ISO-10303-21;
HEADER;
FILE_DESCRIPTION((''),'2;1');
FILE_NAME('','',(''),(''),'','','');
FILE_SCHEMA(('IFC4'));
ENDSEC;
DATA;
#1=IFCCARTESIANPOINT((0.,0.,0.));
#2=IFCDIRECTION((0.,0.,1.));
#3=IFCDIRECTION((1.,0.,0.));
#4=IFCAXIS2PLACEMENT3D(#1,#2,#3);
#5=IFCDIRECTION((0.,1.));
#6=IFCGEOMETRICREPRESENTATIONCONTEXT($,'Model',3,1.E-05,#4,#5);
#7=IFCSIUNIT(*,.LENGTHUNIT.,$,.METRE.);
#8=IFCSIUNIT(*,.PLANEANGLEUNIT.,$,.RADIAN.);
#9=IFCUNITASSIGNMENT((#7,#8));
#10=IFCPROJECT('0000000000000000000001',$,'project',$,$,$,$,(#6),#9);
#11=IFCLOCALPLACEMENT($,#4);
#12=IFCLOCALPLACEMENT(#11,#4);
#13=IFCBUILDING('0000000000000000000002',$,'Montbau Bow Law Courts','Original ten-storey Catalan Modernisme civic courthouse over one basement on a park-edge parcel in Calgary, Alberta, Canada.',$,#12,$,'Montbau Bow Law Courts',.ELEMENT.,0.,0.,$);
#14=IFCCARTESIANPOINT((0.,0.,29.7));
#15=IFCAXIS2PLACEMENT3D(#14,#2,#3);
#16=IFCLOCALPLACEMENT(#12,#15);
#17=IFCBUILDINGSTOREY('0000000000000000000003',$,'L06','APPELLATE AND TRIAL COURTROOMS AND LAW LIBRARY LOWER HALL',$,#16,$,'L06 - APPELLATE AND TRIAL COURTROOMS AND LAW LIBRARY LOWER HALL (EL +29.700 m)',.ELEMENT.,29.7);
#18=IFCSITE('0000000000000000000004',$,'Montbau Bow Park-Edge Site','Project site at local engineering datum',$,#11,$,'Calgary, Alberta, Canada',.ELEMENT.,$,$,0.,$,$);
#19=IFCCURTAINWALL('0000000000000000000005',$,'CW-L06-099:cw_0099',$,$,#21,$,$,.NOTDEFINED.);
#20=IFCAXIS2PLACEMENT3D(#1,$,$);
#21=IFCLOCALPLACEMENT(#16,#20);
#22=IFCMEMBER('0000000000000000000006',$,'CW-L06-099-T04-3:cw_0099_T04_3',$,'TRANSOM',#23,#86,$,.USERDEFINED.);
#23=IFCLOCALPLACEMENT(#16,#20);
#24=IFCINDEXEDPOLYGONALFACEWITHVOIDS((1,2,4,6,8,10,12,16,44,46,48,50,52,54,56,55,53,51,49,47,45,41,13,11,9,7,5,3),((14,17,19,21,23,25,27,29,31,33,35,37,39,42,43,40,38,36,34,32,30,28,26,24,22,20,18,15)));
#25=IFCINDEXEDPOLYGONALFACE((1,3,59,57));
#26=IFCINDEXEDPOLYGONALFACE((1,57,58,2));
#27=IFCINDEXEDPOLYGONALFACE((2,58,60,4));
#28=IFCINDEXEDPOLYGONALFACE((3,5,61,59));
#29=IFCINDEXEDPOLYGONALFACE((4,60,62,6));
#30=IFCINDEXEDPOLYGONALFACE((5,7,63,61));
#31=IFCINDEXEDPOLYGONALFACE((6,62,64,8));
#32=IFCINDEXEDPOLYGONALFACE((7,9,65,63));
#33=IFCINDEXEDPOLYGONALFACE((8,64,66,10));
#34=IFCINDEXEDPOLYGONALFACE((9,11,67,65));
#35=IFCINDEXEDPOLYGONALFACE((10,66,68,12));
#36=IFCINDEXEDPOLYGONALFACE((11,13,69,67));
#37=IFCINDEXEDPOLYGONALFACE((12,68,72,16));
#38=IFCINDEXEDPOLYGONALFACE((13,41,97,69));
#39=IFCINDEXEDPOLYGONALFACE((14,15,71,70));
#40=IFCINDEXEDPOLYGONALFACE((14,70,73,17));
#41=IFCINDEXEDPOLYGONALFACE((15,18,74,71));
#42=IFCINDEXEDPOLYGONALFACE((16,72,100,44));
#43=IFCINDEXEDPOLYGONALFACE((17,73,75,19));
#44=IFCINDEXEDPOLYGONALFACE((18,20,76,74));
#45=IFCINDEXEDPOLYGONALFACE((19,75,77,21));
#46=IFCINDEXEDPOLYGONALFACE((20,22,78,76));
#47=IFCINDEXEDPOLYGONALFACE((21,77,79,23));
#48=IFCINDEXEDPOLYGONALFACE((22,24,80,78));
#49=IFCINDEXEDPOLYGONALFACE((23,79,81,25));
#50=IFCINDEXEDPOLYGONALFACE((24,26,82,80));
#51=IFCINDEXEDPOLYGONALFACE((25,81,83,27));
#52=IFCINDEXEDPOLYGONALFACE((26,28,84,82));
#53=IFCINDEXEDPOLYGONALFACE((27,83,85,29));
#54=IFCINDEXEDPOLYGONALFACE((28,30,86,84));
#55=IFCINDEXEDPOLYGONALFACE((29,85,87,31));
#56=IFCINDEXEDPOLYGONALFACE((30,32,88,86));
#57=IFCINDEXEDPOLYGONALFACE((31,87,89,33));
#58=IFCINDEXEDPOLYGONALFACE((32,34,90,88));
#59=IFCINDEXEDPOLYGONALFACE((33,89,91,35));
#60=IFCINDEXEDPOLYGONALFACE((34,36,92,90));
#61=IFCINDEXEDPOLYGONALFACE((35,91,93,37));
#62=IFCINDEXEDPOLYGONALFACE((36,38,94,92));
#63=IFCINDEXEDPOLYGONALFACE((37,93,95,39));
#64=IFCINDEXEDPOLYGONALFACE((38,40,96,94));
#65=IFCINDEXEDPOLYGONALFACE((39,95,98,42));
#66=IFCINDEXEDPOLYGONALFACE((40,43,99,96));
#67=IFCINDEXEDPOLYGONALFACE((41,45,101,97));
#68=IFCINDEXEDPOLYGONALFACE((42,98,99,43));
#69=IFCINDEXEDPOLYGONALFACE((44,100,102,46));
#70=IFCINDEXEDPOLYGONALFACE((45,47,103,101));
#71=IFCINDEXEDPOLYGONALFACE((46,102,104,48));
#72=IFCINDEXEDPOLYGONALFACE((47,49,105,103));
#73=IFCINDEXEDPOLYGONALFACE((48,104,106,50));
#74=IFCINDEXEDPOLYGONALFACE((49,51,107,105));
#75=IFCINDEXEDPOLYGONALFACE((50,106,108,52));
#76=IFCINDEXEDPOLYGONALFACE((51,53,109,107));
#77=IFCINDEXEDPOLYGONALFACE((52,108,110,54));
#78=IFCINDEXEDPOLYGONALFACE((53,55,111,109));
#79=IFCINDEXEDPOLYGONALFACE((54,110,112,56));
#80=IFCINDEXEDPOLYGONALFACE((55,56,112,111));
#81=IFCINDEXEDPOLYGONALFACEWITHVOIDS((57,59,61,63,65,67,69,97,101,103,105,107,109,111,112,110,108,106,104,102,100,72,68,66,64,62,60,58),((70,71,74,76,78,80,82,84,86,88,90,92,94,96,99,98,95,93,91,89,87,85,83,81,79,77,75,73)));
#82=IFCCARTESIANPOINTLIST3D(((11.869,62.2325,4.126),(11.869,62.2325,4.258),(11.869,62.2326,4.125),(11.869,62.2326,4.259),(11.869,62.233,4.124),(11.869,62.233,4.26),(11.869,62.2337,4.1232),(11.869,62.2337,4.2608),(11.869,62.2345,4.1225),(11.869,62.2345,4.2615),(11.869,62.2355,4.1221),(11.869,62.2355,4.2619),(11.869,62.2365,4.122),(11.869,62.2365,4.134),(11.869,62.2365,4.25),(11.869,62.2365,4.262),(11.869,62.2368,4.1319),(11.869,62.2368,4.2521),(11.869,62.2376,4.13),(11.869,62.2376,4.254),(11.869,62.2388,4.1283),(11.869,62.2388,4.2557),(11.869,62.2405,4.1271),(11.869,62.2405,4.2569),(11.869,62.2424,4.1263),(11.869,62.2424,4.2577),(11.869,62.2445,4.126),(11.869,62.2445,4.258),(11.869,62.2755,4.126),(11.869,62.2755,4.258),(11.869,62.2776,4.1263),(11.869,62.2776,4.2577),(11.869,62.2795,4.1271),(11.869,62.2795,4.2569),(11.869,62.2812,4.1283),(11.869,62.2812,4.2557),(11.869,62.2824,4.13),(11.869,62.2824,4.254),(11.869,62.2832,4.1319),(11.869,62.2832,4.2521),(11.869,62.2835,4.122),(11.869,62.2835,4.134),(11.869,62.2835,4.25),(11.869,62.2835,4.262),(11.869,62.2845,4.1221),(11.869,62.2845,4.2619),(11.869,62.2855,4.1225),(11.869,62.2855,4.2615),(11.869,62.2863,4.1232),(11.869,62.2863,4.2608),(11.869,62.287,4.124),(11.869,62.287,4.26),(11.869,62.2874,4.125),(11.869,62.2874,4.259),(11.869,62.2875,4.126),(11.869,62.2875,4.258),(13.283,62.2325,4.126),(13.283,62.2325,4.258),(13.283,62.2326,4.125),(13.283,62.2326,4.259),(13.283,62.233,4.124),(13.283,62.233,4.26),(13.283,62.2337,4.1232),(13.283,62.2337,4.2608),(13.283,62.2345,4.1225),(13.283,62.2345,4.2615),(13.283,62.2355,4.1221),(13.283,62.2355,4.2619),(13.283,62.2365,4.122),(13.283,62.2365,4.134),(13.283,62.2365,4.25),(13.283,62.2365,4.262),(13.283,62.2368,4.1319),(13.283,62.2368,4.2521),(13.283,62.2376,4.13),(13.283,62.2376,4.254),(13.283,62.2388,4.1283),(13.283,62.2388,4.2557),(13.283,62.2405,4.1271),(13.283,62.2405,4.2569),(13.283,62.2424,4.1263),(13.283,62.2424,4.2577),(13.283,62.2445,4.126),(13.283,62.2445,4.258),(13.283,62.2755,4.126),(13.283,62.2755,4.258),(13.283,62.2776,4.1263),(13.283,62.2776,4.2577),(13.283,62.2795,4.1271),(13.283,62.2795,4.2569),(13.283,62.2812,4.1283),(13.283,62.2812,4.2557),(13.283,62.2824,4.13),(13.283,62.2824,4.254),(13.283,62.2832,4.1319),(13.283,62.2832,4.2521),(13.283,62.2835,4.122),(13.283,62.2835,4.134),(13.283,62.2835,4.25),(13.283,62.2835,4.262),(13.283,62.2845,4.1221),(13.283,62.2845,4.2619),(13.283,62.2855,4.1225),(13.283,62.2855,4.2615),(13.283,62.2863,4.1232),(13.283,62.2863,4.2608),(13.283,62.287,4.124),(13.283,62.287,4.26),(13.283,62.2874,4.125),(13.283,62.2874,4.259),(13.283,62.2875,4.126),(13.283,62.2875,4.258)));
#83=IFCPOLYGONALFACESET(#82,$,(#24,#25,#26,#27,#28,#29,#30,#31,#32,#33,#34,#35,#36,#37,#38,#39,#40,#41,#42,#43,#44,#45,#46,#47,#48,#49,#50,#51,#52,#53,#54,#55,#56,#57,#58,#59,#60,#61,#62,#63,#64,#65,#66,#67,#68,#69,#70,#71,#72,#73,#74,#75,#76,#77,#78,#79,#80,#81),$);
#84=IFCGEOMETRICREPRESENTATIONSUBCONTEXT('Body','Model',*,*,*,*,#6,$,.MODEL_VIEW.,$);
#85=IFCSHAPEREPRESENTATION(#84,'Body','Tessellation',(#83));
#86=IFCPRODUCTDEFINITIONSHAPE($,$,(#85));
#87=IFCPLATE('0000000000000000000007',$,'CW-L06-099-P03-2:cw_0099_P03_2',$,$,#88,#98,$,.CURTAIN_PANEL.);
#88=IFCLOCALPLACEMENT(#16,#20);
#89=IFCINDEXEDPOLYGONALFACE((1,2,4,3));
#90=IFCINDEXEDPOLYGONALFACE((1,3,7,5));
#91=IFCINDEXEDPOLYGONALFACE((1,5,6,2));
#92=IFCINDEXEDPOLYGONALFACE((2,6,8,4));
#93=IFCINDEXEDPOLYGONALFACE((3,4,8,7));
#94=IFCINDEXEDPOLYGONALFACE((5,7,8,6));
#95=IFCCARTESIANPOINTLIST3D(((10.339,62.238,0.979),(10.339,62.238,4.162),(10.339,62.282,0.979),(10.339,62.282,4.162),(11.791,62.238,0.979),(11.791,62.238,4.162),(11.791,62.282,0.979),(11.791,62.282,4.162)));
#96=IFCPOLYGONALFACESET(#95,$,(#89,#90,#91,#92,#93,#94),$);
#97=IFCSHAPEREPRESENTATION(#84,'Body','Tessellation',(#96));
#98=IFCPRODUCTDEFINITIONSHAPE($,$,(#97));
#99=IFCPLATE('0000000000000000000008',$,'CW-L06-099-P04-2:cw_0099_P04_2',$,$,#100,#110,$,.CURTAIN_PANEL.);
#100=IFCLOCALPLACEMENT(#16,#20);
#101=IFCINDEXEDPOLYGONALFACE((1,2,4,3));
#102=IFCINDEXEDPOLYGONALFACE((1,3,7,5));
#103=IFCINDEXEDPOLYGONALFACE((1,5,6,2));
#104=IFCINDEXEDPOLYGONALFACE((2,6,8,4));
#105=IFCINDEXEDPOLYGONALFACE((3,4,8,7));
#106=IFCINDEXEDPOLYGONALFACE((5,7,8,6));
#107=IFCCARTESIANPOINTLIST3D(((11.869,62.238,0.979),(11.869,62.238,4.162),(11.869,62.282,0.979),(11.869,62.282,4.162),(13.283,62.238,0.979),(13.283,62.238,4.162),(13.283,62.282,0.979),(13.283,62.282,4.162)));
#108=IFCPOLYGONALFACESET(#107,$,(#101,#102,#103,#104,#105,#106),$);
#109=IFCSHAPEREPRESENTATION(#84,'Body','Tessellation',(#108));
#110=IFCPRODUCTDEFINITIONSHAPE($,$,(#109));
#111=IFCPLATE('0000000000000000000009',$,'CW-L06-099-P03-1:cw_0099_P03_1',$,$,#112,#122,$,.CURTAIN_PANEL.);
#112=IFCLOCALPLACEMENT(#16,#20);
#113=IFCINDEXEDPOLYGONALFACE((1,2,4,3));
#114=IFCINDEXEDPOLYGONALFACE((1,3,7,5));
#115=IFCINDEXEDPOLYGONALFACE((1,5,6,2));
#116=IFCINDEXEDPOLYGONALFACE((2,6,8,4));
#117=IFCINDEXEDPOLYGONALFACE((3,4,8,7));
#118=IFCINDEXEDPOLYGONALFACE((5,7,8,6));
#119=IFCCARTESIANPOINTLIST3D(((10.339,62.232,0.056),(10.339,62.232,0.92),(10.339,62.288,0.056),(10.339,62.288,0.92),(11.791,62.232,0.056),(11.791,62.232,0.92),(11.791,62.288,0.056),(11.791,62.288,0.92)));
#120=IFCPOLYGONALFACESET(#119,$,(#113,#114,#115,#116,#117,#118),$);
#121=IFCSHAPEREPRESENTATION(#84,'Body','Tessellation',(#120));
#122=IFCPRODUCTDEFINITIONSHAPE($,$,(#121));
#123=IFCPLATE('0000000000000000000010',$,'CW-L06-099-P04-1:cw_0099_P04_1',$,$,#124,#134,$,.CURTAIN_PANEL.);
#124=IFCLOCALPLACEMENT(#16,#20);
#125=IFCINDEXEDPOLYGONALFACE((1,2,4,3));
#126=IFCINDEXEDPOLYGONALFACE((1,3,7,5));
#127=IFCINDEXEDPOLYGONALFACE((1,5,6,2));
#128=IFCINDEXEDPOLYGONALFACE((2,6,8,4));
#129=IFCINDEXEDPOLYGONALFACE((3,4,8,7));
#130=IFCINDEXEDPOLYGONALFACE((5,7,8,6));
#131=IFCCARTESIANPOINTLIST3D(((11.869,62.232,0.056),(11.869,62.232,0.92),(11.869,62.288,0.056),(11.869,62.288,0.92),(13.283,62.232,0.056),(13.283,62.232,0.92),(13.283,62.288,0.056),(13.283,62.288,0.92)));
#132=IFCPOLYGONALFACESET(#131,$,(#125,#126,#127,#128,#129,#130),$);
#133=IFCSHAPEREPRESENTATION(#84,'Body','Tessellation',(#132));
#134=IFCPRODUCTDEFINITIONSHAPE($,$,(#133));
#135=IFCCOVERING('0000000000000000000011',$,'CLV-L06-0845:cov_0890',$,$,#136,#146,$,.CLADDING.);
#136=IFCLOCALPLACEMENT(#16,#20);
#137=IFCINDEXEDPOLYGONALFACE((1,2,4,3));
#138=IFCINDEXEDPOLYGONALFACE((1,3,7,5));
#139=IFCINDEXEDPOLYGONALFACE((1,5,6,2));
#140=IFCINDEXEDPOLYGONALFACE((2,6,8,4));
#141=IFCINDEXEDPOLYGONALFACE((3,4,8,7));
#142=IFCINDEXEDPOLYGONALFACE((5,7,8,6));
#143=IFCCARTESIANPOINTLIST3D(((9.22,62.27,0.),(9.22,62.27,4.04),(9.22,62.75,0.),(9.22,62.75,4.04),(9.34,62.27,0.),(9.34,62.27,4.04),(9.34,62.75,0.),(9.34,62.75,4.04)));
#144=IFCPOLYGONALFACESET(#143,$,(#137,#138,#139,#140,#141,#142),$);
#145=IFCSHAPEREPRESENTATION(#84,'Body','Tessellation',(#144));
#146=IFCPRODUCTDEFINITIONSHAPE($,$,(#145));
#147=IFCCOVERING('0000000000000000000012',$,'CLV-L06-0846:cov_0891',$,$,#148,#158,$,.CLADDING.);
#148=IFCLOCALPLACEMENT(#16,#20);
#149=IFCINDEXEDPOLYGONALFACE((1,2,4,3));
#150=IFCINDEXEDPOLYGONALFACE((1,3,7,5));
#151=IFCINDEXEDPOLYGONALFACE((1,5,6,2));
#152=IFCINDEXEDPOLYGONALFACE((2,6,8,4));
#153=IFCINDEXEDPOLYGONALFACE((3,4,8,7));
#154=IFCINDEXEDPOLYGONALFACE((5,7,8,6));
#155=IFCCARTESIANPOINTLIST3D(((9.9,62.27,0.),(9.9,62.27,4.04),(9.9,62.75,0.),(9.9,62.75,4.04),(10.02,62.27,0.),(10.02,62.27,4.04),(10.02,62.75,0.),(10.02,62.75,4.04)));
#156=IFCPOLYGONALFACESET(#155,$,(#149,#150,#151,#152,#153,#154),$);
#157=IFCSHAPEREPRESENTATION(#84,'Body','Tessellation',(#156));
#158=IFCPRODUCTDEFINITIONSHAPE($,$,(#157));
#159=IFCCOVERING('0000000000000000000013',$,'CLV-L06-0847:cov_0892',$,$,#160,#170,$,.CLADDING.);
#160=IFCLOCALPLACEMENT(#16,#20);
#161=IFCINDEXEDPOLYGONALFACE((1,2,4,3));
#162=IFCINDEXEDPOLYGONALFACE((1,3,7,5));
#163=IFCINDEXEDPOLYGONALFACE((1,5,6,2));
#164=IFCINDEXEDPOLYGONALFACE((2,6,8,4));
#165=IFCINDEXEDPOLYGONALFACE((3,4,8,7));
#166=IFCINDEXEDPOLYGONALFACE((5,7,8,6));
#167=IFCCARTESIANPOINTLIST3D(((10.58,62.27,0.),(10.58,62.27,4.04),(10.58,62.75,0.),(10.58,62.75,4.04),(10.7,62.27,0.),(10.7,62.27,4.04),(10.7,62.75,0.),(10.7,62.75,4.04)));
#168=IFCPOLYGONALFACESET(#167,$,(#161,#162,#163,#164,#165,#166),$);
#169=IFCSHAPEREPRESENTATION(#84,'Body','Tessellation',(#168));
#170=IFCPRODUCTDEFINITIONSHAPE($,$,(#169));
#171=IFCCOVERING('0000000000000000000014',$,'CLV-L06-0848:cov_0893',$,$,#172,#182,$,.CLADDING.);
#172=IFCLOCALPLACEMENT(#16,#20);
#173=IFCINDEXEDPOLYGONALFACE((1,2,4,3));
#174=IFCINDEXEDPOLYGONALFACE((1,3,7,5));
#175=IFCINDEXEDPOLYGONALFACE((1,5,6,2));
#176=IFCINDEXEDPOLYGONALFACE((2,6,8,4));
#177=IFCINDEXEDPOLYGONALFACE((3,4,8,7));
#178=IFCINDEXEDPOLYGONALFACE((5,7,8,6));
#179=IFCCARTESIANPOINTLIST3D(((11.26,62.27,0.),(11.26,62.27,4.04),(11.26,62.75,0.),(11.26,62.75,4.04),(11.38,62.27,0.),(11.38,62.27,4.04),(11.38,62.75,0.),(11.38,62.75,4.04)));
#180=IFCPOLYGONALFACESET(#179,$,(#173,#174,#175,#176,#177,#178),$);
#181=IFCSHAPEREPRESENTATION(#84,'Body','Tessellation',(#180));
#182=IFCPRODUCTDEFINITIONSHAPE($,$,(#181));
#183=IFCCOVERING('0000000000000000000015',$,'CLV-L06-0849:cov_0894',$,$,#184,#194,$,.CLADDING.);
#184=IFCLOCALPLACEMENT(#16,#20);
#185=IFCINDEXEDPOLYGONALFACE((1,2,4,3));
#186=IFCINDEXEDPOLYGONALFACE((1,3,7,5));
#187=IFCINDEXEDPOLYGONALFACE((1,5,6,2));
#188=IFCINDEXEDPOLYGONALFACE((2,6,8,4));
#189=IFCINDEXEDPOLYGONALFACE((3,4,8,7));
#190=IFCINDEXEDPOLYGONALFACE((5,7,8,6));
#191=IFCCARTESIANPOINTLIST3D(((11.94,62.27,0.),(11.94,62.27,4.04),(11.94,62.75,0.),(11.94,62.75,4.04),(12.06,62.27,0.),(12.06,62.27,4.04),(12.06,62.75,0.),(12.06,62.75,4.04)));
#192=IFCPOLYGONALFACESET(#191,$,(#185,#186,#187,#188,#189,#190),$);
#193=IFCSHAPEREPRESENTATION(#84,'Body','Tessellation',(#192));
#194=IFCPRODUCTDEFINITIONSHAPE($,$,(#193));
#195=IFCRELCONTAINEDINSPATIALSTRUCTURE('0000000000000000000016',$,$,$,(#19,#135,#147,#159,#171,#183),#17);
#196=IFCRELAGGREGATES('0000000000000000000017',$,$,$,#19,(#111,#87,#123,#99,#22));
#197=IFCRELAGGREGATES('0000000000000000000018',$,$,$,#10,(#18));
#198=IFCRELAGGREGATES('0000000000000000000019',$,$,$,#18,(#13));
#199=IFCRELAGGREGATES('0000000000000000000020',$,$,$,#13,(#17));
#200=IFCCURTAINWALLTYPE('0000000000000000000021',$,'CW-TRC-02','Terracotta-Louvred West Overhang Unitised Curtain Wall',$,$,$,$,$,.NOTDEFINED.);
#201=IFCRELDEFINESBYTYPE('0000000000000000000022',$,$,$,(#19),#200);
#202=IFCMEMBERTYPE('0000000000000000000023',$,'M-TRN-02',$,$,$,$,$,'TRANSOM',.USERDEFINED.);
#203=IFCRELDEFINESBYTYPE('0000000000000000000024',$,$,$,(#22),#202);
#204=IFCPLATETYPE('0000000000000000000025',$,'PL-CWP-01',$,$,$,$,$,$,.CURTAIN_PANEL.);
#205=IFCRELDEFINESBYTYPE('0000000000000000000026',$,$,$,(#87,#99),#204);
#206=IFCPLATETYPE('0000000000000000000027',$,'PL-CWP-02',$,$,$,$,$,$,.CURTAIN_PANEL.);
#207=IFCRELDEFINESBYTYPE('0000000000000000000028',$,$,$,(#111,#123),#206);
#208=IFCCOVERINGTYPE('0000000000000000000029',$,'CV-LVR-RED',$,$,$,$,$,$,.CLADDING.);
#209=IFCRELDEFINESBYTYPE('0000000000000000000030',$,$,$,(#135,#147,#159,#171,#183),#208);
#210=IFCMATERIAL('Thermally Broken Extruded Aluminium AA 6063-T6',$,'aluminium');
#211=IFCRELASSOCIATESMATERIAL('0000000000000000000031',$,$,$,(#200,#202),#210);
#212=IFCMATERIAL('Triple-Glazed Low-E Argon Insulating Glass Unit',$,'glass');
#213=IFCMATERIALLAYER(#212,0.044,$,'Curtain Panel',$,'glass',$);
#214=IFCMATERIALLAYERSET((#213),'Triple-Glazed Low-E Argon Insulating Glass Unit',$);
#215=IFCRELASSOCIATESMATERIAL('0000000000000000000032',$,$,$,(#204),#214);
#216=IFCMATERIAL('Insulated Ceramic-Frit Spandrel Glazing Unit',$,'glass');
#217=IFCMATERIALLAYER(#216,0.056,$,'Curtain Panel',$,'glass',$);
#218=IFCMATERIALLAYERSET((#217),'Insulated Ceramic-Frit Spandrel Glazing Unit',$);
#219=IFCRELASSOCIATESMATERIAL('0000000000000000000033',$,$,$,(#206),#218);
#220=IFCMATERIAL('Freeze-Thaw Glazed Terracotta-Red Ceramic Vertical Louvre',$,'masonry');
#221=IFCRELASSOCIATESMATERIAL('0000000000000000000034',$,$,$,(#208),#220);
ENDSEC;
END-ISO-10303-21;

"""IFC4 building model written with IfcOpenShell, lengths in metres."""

from ifc_helpers import new_model, si_unit, direction, frame, frame_2d, origin_with_axes, origin_2d_with_axis, place, context, subcontext, project, spatial, rectangle, hollow_rectangle, extrude, material, layer, layer_set, material_profile, profile_set, type_object, element, aggregate, save


model = new_model("IFC4")

# Units and contexts
model_context = context("Model", 3, precision=1e-05, world=origin_with_axes(), true_north=direction((0.0, 1.0)))
body_context = subcontext(model_context, "Body", "Model", "MODEL_VIEW")
ifc_project = project(units=[si_unit("LENGTHUNIT", "METRE"), si_unit("PLANEANGLEUNIT", "RADIAN")], contexts=[model_context])

# Site, building, storey
site_placement = place(None, origin_with_axes())
site = spatial("IfcSite", under=ifc_project, at=site_placement, Name="Montbau Bow Park-Edge Site", Description="Project site at local engineering datum", LongName="Calgary, Alberta, Canada", CompositionType="ELEMENT", RefElevation=0.0)
building_placement = place(site_placement, origin_with_axes())
building = spatial("IfcBuilding", under=site, at=building_placement, Name="Montbau Bow Law Courts", Description="Original ten-storey Catalan Modernisme civic courthouse over one basement on a park-edge parcel in Calgary, Alberta, Canada.", LongName="Montbau Bow Law Courts", CompositionType="ELEMENT", ElevationOfRefHeight=0.0, ElevationOfTerrain=0.0)
storey_placement = place(building_placement, frame((0.0, 0.0, 29.7), z_axis=(0.0, 0.0, 1.0), x_axis=(1.0, 0.0, 0.0)))
storey = spatial("IfcBuildingStorey", under=building, at=storey_placement, Name="L06", Description="APPELLATE AND TRIAL COURTROOMS AND LAW LIBRARY LOWER HALL", LongName="L06 - APPELLATE AND TRIAL COURTROOMS AND LAW LIBRARY LOWER HALL (EL +29.700 m)", CompositionType="ELEMENT", Elevation=29.7)

# Curtain wall, member, plates
ifc_material_1 = material(Name="Thermally Broken Extruded Aluminium AA 6063-T6", Category="aluminium")
curtain_wall_type = type_object("IfcCurtainWallType", Name="CW-TRC-02", Description="Terracotta-Louvred West Overhang Unitised Curtain Wall", PredefinedType="NOTDEFINED", material=ifc_material_1)
curtain_wall_placement = place(None, frame((7.24, 62.26, 29.7), z_axis=(0.0, 0.0, 1.0), x_axis=(1.0, 0.0, 0.0)))
curtain_wall = element("IfcCurtainWall", 1, at=curtain_wall_placement, inside=storey, type_object=curtain_wall_type, Name="CW-L06-099:cw_0099", PredefinedType="NOTDEFINED")
ifc_material_profile_1 = material_profile(ifc_material_1, hollow_rectangle(XDim=0.055, YDim=0.14, WallThickness=0.004, InnerFilletRadius=0.008, OuterFilletRadius=0.004, at=origin_2d_with_axis()), Name="CWT-140X55", Category="Main", Priority=0)
ifc_profile_set_1 = profile_set([ifc_material_profile_1], Name="Thermally Broken Extruded Aluminium AA 6063-T6")
member_type_1 = type_object("IfcMemberType", Name="M-TRN-02", ElementType="TRANSOM", PredefinedType="USERDEFINED", material=ifc_profile_set_1)
member_1_placement = place(None, frame((11.869, 62.26, 33.892), z_axis=(1.0, 0.0, 0.0), x_axis=(0.0, 1.0, 0.0)))
member_1 = element("IfcMember", 2, at=member_1_placement, type_object=member_type_1, Name="CW-L06-099-T04-3:cw_0099_T04_3", ObjectType="TRANSOM", PredefinedType="USERDEFINED", context=body_context, shape_type="SweptSolid", body=[
    extrude(hollow_rectangle(XDim=0.055, YDim=0.14, WallThickness=0.004, InnerFilletRadius=0.008, OuterFilletRadius=0.004, at=origin_2d_with_axis()), origin_with_axes(), (0.0, 0.0, 1.0), 1.414),
])
ifc_material_2 = material(Name="Triple-Glazed Low-E Argon Insulating Glass Unit", Category="glass")
ifc_layer_1 = layer(ifc_material_2, 0.044, Name="Curtain Panel", Category="glass")
ifc_layer_set_1 = layer_set([ifc_layer_1], Name="Triple-Glazed Low-E Argon Insulating Glass Unit")
plate_type_1 = type_object("IfcPlateType", Name="PL-CWP-01", PredefinedType="CURTAIN_PANEL", material=ifc_layer_set_1)
plate_1_placement = place(None, frame((10.339, 62.26, 30.679), z_axis=(0.0, -1.0, 0.0), x_axis=(1.0, 0.0, 0.0)))
plate_1 = element("IfcPlate", 3, at=plate_1_placement, type_object=plate_type_1, Name="CW-L06-099-P03-2:cw_0099_P03_2", PredefinedType="CURTAIN_PANEL", context=body_context, shape_type="SweptSolid", body=[
    extrude(rectangle(XDim=1.452, YDim=3.183, at=frame_2d((0.726, 1.5915), x_axis=(1.0, 0.0))), frame((0.0, 0.0, -0.022), z_axis=(0.0, 0.0, 1.0), x_axis=(1.0, 0.0, 0.0)), (0.0, 0.0, 1.0), 0.044),
])
plate_2_placement = place(None, frame((11.869, 62.26, 30.679), z_axis=(0.0, -1.0, 0.0), x_axis=(1.0, 0.0, 0.0)))
plate_2 = element("IfcPlate", 4, at=plate_2_placement, type_object=plate_type_1, Name="CW-L06-099-P04-2:cw_0099_P04_2", PredefinedType="CURTAIN_PANEL", context=body_context, shape_type="SweptSolid", body=[
    extrude(rectangle(XDim=1.414, YDim=3.183, at=frame_2d((0.707, 1.5915), x_axis=(1.0, 0.0))), frame((0.0, 0.0, -0.022), z_axis=(0.0, 0.0, 1.0), x_axis=(1.0, 0.0, 0.0)), (0.0, 0.0, 1.0), 0.044),
])
ifc_material_3 = material(Name="Insulated Ceramic-Frit Spandrel Glazing Unit", Category="glass")
ifc_layer_2 = layer(ifc_material_3, 0.056, Name="Curtain Panel", Category="glass")
ifc_layer_set_2 = layer_set([ifc_layer_2], Name="Insulated Ceramic-Frit Spandrel Glazing Unit")
plate_type_2 = type_object("IfcPlateType", Name="PL-CWP-02", PredefinedType="CURTAIN_PANEL", material=ifc_layer_set_2)
plate_3_placement = place(None, frame((10.339, 62.26, 29.756), z_axis=(0.0, -1.0, 0.0), x_axis=(1.0, 0.0, 0.0)))
plate_3 = element("IfcPlate", 5, at=plate_3_placement, type_object=plate_type_2, Name="CW-L06-099-P03-1:cw_0099_P03_1", PredefinedType="CURTAIN_PANEL", context=body_context, shape_type="SweptSolid", body=[
    extrude(rectangle(XDim=1.452, YDim=0.864, at=frame_2d((0.726, 0.432), x_axis=(1.0, 0.0))), frame((0.0, 0.0, -0.028), z_axis=(0.0, 0.0, 1.0), x_axis=(1.0, 0.0, 0.0)), (0.0, 0.0, 1.0), 0.056),
])
plate_4_placement = place(None, frame((11.869, 62.26, 29.756), z_axis=(0.0, -1.0, 0.0), x_axis=(1.0, 0.0, 0.0)))
plate_4 = element("IfcPlate", 6, at=plate_4_placement, type_object=plate_type_2, Name="CW-L06-099-P04-1:cw_0099_P04_1", PredefinedType="CURTAIN_PANEL", context=body_context, shape_type="SweptSolid", body=[
    extrude(rectangle(XDim=1.414, YDim=0.864, at=frame_2d((0.707, 0.432), x_axis=(1.0, 0.0))), frame((0.0, 0.0, -0.028), z_axis=(0.0, 0.0, 1.0), x_axis=(1.0, 0.0, 0.0)), (0.0, 0.0, 1.0), 0.056),
])
aggregate(curtain_wall, [plate_3, plate_1, plate_4, plate_2, member_1])

# Coverings
ifc_material_4 = material(Name="Freeze-Thaw Glazed Terracotta-Red Ceramic Vertical Louvre", Category="masonry")
covering_type = type_object("IfcCoveringType", Name="CV-LVR-RED", PredefinedType="CLADDING", material=ifc_material_4)
for number, where, z_axis, x_axis, name in (
    (7, (9.28, 62.27, 29.7), (1.0, 0.0, 0.0), (0.0, 1.0, 0.0), "CLV-L06-0845:cov_0890"),
    (8, (9.96, 62.27, 29.7), (1.0, 0.0, 0.0), (0.0, 1.0, 0.0), "CLV-L06-0846:cov_0891"),
    (9, (10.64, 62.27, 29.7), (1.0, 0.0, 0.0), (0.0, 1.0, 0.0), "CLV-L06-0847:cov_0892"),
    (10, (11.32, 62.27, 29.7), (1.0, 0.0, 0.0), (0.0, 1.0, 0.0), "CLV-L06-0848:cov_0893"),
    (11, (12.0, 62.27, 29.7), (1.0, 0.0, 0.0), (0.0, 1.0, 0.0), "CLV-L06-0849:cov_0894"),
):
    element("IfcCovering", number, at=place(None, frame(where, z_axis=z_axis, x_axis=x_axis)), inside=storey, type_object=covering_type, Name=name, PredefinedType="CLADDING", context=body_context, shape_type="SweptSolid", body=[
        extrude(rectangle(XDim=0.48, YDim=4.04, at=frame_2d((0.24, 2.02), x_axis=(1.0, 0.0))), frame((0.0, 0.0, -0.06), z_axis=(0.0, 0.0, 1.0), x_axis=(1.0, 0.0, 0.0)), (0.0, 0.0, 1.0), 0.12),
    ])

save(model, "model.ifc")
